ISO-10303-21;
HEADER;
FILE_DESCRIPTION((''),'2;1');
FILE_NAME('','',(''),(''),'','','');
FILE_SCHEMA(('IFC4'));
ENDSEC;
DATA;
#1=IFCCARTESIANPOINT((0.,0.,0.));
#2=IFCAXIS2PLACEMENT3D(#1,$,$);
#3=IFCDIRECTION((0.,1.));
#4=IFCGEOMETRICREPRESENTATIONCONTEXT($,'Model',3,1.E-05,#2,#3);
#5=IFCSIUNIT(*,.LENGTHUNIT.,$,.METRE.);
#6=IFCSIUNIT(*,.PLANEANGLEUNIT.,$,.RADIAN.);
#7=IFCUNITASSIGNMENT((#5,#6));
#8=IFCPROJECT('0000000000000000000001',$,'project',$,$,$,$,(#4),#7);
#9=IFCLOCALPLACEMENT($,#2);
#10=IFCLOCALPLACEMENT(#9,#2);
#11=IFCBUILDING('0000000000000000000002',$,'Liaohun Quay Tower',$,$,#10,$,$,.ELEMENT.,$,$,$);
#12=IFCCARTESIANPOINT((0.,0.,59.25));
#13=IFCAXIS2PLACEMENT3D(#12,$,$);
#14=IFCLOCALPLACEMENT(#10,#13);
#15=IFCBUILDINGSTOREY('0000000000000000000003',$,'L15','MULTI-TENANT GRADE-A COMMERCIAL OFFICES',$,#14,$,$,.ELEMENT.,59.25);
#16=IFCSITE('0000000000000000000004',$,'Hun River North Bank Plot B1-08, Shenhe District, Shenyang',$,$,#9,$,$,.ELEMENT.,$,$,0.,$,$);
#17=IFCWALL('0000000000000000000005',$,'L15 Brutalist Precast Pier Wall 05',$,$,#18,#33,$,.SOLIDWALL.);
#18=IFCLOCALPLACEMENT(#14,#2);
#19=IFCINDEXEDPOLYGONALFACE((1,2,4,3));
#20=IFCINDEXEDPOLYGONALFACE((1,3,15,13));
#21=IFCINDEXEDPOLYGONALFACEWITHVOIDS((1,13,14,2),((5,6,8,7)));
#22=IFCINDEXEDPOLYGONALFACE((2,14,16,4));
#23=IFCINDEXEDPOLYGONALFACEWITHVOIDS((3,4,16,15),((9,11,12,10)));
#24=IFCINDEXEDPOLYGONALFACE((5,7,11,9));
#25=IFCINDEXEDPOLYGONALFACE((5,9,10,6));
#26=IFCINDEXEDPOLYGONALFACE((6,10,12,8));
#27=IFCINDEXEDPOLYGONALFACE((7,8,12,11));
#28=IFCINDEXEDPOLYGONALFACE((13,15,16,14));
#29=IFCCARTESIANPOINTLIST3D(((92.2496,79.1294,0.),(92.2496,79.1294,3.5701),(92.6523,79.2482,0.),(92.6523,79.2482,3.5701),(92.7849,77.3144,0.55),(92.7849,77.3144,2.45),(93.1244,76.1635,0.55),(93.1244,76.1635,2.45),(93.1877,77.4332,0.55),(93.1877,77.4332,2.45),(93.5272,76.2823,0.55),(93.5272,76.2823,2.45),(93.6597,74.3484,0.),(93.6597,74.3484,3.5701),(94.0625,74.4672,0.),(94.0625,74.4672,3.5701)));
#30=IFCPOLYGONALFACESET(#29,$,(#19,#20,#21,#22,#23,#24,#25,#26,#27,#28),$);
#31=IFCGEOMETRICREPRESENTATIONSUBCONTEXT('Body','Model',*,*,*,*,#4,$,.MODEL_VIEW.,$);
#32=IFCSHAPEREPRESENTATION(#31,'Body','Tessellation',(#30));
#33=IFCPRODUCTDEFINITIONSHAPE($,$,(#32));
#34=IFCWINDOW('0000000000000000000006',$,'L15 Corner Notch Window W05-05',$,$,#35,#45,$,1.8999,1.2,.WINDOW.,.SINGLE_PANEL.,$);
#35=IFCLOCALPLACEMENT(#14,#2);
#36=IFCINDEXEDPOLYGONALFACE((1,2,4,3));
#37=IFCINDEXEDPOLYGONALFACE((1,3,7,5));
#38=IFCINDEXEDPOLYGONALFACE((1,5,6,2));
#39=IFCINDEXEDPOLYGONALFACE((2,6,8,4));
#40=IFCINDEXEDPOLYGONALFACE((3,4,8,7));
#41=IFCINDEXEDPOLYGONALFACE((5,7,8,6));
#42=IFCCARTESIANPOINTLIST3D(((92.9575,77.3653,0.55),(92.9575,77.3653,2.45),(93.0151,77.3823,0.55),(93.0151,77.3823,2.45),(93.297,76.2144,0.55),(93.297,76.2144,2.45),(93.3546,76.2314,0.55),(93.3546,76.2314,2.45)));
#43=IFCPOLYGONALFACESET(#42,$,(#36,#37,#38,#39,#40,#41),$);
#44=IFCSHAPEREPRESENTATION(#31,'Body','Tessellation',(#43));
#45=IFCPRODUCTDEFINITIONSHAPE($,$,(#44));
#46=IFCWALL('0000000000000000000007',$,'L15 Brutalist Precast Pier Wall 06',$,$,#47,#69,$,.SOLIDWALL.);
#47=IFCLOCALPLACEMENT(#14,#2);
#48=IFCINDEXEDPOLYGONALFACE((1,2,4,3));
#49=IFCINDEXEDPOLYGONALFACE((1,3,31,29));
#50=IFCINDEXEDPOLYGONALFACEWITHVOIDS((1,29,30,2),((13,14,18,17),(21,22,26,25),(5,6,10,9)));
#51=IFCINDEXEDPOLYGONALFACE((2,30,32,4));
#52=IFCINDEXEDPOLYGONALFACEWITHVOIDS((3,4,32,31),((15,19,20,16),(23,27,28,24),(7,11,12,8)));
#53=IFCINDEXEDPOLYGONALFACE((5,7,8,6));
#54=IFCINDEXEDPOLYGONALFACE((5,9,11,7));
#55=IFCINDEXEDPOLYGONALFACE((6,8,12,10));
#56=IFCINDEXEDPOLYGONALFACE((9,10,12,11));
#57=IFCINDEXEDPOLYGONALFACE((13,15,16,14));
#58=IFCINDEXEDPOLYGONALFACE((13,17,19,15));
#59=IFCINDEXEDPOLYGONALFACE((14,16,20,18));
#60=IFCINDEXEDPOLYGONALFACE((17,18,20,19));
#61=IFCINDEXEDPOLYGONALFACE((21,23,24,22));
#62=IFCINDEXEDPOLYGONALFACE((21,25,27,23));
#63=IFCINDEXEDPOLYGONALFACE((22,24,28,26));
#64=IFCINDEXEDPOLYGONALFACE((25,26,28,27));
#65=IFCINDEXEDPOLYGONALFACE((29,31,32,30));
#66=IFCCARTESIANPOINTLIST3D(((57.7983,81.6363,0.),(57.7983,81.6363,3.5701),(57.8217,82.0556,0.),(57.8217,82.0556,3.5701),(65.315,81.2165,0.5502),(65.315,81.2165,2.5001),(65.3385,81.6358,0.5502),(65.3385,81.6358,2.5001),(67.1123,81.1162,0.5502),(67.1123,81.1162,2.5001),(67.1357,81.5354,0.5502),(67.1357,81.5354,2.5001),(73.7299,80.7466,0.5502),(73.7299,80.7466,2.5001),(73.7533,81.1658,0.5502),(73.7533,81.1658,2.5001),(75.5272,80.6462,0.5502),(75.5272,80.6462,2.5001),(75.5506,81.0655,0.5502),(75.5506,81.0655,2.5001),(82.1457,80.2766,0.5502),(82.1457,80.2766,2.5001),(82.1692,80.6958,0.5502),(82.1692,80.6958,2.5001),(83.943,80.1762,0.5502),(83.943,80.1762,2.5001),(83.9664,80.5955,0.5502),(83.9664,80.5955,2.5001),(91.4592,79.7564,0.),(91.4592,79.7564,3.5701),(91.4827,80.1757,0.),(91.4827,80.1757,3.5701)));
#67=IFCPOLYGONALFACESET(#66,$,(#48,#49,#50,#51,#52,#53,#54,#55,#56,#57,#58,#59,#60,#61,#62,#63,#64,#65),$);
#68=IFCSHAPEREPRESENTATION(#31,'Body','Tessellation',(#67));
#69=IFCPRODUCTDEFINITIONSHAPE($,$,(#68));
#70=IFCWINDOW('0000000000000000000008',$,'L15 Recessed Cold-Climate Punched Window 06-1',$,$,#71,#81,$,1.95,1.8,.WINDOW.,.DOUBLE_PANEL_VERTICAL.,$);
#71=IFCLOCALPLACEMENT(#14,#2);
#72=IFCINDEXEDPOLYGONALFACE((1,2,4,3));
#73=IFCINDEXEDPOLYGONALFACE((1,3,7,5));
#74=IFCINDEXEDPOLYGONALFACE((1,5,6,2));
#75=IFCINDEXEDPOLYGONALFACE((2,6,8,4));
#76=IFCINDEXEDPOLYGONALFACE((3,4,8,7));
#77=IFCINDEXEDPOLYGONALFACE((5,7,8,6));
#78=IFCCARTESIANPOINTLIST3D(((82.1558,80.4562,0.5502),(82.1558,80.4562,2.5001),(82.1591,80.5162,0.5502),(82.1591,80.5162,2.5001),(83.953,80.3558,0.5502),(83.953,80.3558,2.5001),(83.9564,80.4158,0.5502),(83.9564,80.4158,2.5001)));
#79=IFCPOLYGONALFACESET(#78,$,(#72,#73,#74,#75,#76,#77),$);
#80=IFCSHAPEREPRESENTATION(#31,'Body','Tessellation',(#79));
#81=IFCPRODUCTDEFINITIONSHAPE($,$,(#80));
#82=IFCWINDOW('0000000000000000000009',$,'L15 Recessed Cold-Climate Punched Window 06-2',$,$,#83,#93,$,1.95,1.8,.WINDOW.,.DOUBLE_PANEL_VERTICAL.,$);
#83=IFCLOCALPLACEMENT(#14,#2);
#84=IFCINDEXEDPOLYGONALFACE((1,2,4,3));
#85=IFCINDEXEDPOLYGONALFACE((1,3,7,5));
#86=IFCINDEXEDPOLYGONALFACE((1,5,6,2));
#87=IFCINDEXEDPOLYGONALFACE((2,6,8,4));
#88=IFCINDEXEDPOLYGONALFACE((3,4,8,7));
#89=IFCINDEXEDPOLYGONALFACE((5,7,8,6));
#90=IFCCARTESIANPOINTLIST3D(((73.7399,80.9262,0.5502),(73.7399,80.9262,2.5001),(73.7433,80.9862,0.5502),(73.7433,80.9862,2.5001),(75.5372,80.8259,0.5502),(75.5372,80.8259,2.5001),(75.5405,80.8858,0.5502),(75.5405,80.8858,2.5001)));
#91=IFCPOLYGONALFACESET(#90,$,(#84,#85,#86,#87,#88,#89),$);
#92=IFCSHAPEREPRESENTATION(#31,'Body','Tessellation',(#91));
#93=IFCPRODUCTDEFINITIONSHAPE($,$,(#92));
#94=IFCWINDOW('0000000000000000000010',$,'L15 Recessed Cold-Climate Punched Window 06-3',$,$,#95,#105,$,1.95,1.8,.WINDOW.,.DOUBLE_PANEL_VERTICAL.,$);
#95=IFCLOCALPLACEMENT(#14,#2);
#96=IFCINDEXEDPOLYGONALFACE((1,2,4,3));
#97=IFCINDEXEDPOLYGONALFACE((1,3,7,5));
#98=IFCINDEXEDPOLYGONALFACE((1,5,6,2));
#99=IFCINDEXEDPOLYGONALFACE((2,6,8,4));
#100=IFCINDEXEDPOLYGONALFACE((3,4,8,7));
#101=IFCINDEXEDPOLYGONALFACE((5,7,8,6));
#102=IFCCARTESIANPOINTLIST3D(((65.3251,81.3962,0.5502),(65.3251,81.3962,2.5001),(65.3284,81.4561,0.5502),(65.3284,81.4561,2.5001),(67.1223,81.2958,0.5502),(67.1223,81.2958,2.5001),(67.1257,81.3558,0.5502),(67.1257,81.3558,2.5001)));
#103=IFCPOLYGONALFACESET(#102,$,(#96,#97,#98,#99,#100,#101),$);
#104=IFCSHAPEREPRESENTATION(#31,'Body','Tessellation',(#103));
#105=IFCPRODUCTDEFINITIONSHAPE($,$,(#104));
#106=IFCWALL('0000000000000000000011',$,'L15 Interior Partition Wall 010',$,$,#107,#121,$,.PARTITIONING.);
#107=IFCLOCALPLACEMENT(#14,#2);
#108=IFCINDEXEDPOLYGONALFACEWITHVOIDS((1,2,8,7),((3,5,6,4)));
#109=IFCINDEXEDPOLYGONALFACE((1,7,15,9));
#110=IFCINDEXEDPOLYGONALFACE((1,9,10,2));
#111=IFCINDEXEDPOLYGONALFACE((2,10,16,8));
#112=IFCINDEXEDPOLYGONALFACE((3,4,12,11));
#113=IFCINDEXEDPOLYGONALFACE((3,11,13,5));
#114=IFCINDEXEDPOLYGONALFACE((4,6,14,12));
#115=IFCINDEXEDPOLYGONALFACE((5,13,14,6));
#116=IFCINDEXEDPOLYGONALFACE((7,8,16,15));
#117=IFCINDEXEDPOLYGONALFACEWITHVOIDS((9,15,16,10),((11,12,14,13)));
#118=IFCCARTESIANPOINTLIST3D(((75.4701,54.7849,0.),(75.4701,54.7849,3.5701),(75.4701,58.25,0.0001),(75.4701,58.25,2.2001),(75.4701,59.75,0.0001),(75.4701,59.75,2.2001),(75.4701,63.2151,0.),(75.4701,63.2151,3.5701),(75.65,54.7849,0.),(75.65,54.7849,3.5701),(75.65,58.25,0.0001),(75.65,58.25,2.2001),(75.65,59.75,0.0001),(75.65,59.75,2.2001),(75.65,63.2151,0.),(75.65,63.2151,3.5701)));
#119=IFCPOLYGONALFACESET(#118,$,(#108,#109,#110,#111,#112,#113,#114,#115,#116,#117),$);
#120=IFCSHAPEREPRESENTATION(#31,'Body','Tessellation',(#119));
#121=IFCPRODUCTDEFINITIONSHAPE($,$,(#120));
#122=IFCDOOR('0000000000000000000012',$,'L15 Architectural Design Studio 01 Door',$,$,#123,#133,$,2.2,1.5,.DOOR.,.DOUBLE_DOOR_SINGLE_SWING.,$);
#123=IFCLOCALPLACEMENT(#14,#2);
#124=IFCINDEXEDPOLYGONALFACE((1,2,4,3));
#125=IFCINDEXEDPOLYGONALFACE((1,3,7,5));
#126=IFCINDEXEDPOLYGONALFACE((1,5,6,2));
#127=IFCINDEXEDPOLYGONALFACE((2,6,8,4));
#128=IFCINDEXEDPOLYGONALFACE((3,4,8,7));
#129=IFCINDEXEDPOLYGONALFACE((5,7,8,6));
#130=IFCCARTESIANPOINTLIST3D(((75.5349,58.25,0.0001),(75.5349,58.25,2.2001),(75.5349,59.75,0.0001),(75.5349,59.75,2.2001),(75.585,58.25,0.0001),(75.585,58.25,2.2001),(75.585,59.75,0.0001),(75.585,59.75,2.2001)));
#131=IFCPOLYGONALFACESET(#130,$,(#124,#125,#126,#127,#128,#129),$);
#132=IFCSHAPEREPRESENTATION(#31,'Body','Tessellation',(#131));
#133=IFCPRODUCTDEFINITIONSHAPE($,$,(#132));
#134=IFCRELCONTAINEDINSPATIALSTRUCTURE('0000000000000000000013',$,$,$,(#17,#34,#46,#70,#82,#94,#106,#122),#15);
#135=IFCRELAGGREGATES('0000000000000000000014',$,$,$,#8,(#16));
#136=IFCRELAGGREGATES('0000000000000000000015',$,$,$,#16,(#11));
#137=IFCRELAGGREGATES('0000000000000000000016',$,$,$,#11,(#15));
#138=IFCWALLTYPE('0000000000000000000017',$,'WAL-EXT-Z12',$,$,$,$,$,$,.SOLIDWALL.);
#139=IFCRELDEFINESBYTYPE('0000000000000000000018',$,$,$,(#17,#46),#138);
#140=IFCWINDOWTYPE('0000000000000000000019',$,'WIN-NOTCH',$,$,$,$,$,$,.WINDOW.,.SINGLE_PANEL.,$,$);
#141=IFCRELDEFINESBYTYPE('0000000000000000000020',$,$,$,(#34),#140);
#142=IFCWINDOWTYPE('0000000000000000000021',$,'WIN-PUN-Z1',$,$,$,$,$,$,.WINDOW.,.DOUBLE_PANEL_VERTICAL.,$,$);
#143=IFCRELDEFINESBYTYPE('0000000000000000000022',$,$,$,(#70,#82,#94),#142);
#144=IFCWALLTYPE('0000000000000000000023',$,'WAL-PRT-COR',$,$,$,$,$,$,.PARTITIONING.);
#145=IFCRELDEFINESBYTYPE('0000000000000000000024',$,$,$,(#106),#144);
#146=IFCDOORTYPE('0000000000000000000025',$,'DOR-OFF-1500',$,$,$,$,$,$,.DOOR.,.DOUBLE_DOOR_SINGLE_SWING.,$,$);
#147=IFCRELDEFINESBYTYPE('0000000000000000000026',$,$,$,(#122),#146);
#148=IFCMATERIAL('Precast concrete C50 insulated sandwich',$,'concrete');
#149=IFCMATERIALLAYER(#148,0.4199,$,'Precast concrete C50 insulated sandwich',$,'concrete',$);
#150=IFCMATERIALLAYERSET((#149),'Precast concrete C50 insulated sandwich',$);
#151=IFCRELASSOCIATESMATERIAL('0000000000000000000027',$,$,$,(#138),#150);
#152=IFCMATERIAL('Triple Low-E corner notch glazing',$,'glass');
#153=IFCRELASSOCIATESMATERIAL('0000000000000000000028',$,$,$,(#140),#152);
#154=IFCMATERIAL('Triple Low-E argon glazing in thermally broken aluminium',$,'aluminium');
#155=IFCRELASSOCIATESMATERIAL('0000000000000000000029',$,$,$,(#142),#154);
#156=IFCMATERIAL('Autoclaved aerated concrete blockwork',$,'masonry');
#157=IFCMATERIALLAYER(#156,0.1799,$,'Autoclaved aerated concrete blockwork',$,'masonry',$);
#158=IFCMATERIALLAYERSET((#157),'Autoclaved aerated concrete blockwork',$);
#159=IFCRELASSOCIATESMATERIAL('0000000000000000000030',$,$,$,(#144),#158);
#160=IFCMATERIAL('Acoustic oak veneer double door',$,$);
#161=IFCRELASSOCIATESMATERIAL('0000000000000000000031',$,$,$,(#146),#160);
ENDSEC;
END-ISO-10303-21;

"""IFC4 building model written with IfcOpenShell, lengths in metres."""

from ifc_helpers import new_model, si_unit, direction, frame, frame_2d, origin, place, context, subcontext, project, spatial, rectangle, extrude, source, transform, mapped, material, layer, layer_set, type_object, element, fill, save


model = new_model("IFC4")

# Units and contexts
model_context = context("Model", 3, precision=1e-05, world=origin(), true_north=direction((0.0, 1.0)))
body_context = subcontext(model_context, "Body", "Model", "MODEL_VIEW")
ifc_project = project(units=[si_unit("LENGTHUNIT", "METRE"), si_unit("PLANEANGLEUNIT", "RADIAN")], contexts=[model_context])

# Site, building, storey
site_placement = place(None, origin())
site = spatial("IfcSite", under=ifc_project, at=site_placement, Name="Hun River North Bank Plot B1-08, Shenhe District, Shenyang", CompositionType="ELEMENT", RefElevation=0.0)
building_placement = place(site_placement, origin())
building = spatial("IfcBuilding", under=site, at=building_placement, Name="Liaohun Quay Tower", CompositionType="ELEMENT")
storey_placement = place(building_placement, frame((0.0, 0.0, 59.25)))
storey = spatial("IfcBuildingStorey", under=building, at=storey_placement, Name="L15", Description="MULTI-TENANT GRADE-A COMMERCIAL OFFICES", CompositionType="ELEMENT", Elevation=59.25)

# Wall, opening, window
ifc_material_1 = material(Name="Precast concrete C50 insulated sandwich", Category="concrete")
ifc_layer_1 = layer(ifc_material_1, 0.4199, Name="Precast concrete C50 insulated sandwich", Category="concrete")
ifc_layer_set_1 = layer_set([ifc_layer_1], Name="Precast concrete C50 insulated sandwich")
wall_type_1 = type_object("IfcWallType", Name="WAL-EXT-Z12", PredefinedType="SOLIDWALL", material=ifc_layer_set_1)
shared_shape_1 = source(origin(), body_context, "Body", "SweptSolid", [
    extrude(rectangle(XDim=1.2, YDim=1.8999, at=frame_2d((0.6001, 0.95))), frame((0.0, 0.22, 0.0), z_axis=(0.0, -1.0, 0.0), x_axis=(1.0, 0.0, 0.0)), (0.0, 0.0, 1.0), 0.4399),
])
ifc_material_2 = material(Name="Triple Low-E corner notch glazing", Category="glass")
window_type_1 = type_object("IfcWindowType", Name="WIN-NOTCH", PartitioningType="SINGLE_PANEL", PredefinedType="WINDOW", material=ifc_material_2)
shared_shape_2 = source(origin(), body_context, "Body", "SweptSolid", [
    extrude(rectangle(XDim=1.2, YDim=1.8999, at=frame_2d((0.6001, 0.95))), frame((0.0, 0.03, 0.0), z_axis=(0.0, -1.0, 0.0), x_axis=(1.0, 0.0, 0.0)), (0.0, 0.0, 1.0), 0.0601),
])
wall_1_placement = place(storey_placement, frame((93.8611, 74.408, 0.0), z_axis=(0.0, 0.0, 1.0), x_axis=(-0.282901, 0.959149, 0.0)))
wall_1 = element("IfcWall", 1, at=wall_1_placement, inside=storey, type_object=wall_type_1, Name="L15 Brutalist Precast Pier Wall 05", PredefinedType="SOLIDWALL", context=body_context, shape_type="SweptSolid", body=[
    extrude(rectangle(XDim=4.9846, YDim=0.4199, at=frame_2d((2.4922, 0.0))), origin(), (0.0, 0.0, 1.0), 3.5701),
])
opening_1_placement = place(wall_1_placement, frame((1.8921, 0.0, 0.55)))
opening_1 = element("IfcOpeningElement", 2, at=opening_1_placement, cuts=wall_1, PredefinedType="OPENING", context=body_context, shape_type="MappedRepresentation", body=[
    mapped(shared_shape_1, transform((0.0, 0.0, 0.0), x_axis=(1.0, 0.0, 0.0), y_axis=(0.0, 1.0, 0.0), z_axis=(0.0, 0.0, 1.0), scale=1.0)),
])
window_1_placement = place(opening_1_placement, origin())
window_1 = element("IfcWindow", 3, at=window_1_placement, inside=storey, type_object=window_type_1, Name="L15 Corner Notch Window W05-05", OverallHeight=1.8999, OverallWidth=1.2, PartitioningType="SINGLE_PANEL", PredefinedType="WINDOW", context=body_context, shape_type="MappedRepresentation", body=[
    mapped(shared_shape_2, transform((0.0, 0.0, 0.0), x_axis=(1.0, 0.0, 0.0), y_axis=(0.0, 1.0, 0.0), z_axis=(0.0, 0.0, 1.0), scale=1.0)),
])
fill(opening_1, window_1)

# Wall, openings, windows
wall_2_placement = place(storey_placement, frame((91.4709, 79.9661, 0.0), z_axis=(0.0, 0.0, 1.0), x_axis=(-0.998444, 0.055761, 0.0)))
wall_2 = element("IfcWall", 4, at=wall_2_placement, inside=storey, type_object=wall_type_1, Name="L15 Brutalist Precast Pier Wall 06", PredefinedType="SOLIDWALL", context=body_context, shape_type="SweptSolid", body=[
    extrude(rectangle(XDim=33.7134, YDim=0.4199, at=frame_2d((16.8567, 0.0))), origin(), (0.0, 0.0, 1.0), 3.5701),
])
shared_shape_3 = source(origin(), body_context, "Body", "SweptSolid", [
    extrude(rectangle(XDim=1.8, YDim=1.95, at=frame_2d((0.8999, 0.9751))), frame((0.0, 0.22, 0.0), z_axis=(0.0, -1.0, 0.0), x_axis=(1.0, 0.0, 0.0)), (0.0, 0.0, 1.0), 0.4399),
])
opening_2_placement = place(wall_2_placement, frame((7.5281, 0.0, 0.55)))
opening_2 = element("IfcOpeningElement", 5, at=opening_2_placement, cuts=wall_2, PredefinedType="OPENING", context=body_context, shape_type="MappedRepresentation", body=[
    mapped(shared_shape_3, transform((0.0, 0.0, 0.0), x_axis=(1.0, 0.0, 0.0), y_axis=(0.0, 1.0, 0.0), z_axis=(0.0, 0.0, 1.0), scale=1.0)),
])
opening_3_placement = place(wall_2_placement, frame((15.957, 0.0, 0.55)))
opening_3 = element("IfcOpeningElement", 6, at=opening_3_placement, cuts=wall_2, PredefinedType="OPENING", context=body_context, shape_type="MappedRepresentation", body=[
    mapped(shared_shape_3, transform((0.0, 0.0, 0.0), x_axis=(1.0, 0.0, 0.0), y_axis=(0.0, 1.0, 0.0), z_axis=(0.0, 0.0, 1.0), scale=1.0)),
])
opening_4_placement = place(wall_2_placement, frame((24.385, 0.0, 0.55)))
opening_4 = element("IfcOpeningElement", 7, at=opening_4_placement, cuts=wall_2, PredefinedType="OPENING", context=body_context, shape_type="MappedRepresentation", body=[
    mapped(shared_shape_3, transform((0.0, 0.0, 0.0), x_axis=(1.0, 0.0, 0.0), y_axis=(0.0, 1.0, 0.0), z_axis=(0.0, 0.0, 1.0), scale=1.0)),
])
ifc_material_3 = material(Name="Triple Low-E argon glazing in thermally broken aluminium", Category="aluminium")
window_type_2 = type_object("IfcWindowType", Name="WIN-PUN-Z1", PartitioningType="DOUBLE_PANEL_VERTICAL", PredefinedType="WINDOW", material=ifc_material_3)
shared_shape_4 = source(origin(), body_context, "Body", "SweptSolid", [
    extrude(rectangle(XDim=1.8, YDim=1.95, at=frame_2d((0.8999, 0.9751))), frame((0.0, 0.03, 0.0), z_axis=(0.0, -1.0, 0.0), x_axis=(1.0, 0.0, 0.0)), (0.0, 0.0, 1.0), 0.0601),
])
window_2_placement = place(opening_2_placement, origin())
window_2 = element("IfcWindow", 8, at=window_2_placement, inside=storey, type_object=window_type_2, Name="L15 Recessed Cold-Climate Punched Window 06-1", OverallHeight=1.95, OverallWidth=1.8, PartitioningType="DOUBLE_PANEL_VERTICAL", PredefinedType="WINDOW", context=body_context, shape_type="MappedRepresentation", body=[
    mapped(shared_shape_4, transform((0.0, 0.0, 0.0), x_axis=(1.0, 0.0, 0.0), y_axis=(0.0, 1.0, 0.0), z_axis=(0.0, 0.0, 1.0), scale=1.0)),
])
fill(opening_2, window_2)
window_3_placement = place(opening_3_placement, origin())
window_3 = element("IfcWindow", 9, at=window_3_placement, inside=storey, type_object=window_type_2, Name="L15 Recessed Cold-Climate Punched Window 06-2", OverallHeight=1.95, OverallWidth=1.8, PartitioningType="DOUBLE_PANEL_VERTICAL", PredefinedType="WINDOW", context=body_context, shape_type="MappedRepresentation", body=[
    mapped(shared_shape_4, transform((0.0, 0.0, 0.0), x_axis=(1.0, 0.0, 0.0), y_axis=(0.0, 1.0, 0.0), z_axis=(0.0, 0.0, 1.0), scale=1.0)),
])
fill(opening_3, window_3)
window_4_placement = place(opening_4_placement, origin())
window_4 = element("IfcWindow", 10, at=window_4_placement, inside=storey, type_object=window_type_2, Name="L15 Recessed Cold-Climate Punched Window 06-3", OverallHeight=1.95, OverallWidth=1.8, PartitioningType="DOUBLE_PANEL_VERTICAL", PredefinedType="WINDOW", context=body_context, shape_type="MappedRepresentation", body=[
    mapped(shared_shape_4, transform((0.0, 0.0, 0.0), x_axis=(1.0, 0.0, 0.0), y_axis=(0.0, 1.0, 0.0), z_axis=(0.0, 0.0, 1.0), scale=1.0)),
])
fill(opening_4, window_4)

# Wall, opening, door
ifc_material_4 = material(Name="Autoclaved aerated concrete blockwork", Category="masonry")
ifc_layer_2 = layer(ifc_material_4, 0.1799, Name="Autoclaved aerated concrete blockwork", Category="masonry")
ifc_layer_set_2 = layer_set([ifc_layer_2], Name="Autoclaved aerated concrete blockwork")
wall_type_2 = type_object("IfcWallType", Name="WAL-PRT-COR", PredefinedType="PARTITIONING", material=ifc_layer_set_2)
wall_3_placement = place(storey_placement, frame((75.5601, 63.2151, 0.0), z_axis=(0.0, 0.0, 1.0), x_axis=(0.0, -1.0, 0.0)))
wall_3 = element("IfcWall", 11, at=wall_3_placement, inside=storey, type_object=wall_type_2, Name="L15 Interior Partition Wall 010", PredefinedType="PARTITIONING", context=body_context, shape_type="SweptSolid", body=[
    extrude(rectangle(XDim=8.4302, YDim=0.1799, at=frame_2d((4.2151, 0.0))), origin(), (0.0, 0.0, 1.0), 3.5701),
])
shared_shape_5 = source(origin(), body_context, "Body", "SweptSolid", [
    extrude(rectangle(XDim=1.5, YDim=2.2, at=frame_2d((0.75, 1.1001))), frame((0.0, 0.0999, 0.0), z_axis=(0.0, -1.0, 0.0), x_axis=(1.0, 0.0, 0.0)), (0.0, 0.0, 1.0), 0.2),
])
opening_5_placement = place(wall_3_placement, frame((3.4651, 0.0, 0.0)))
opening_5 = element("IfcOpeningElement", 12, at=opening_5_placement, cuts=wall_3, PredefinedType="OPENING", context=body_context, shape_type="MappedRepresentation", body=[
    mapped(shared_shape_5, transform((0.0, 0.0, 0.0), x_axis=(1.0, 0.0, 0.0), y_axis=(0.0, 1.0, 0.0), z_axis=(0.0, 0.0, 1.0), scale=1.0)),
])
ifc_material_5 = material(Name="Acoustic oak veneer double door")
door_type_1 = type_object("IfcDoorType", Name="DOR-OFF-1500", OperationType="DOUBLE_DOOR_SINGLE_SWING", PredefinedType="DOOR", material=ifc_material_5)
shared_shape_6 = source(origin(), body_context, "Body", "SweptSolid", [
    extrude(rectangle(XDim=1.5, YDim=2.2, at=frame_2d((0.75, 1.1001))), frame((0.0, 0.0249, 0.0), z_axis=(0.0, -1.0, 0.0), x_axis=(1.0, 0.0, 0.0)), (0.0, 0.0, 1.0), 0.05),
])
door_1_placement = place(opening_5_placement, origin())
door_1 = element("IfcDoor", 13, at=door_1_placement, inside=storey, type_object=door_type_1, Name="L15 Architectural Design Studio 01 Door", OperationType="DOUBLE_DOOR_SINGLE_SWING", OverallHeight=2.2, OverallWidth=1.5, PredefinedType="DOOR", context=body_context, shape_type="MappedRepresentation", body=[
    mapped(shared_shape_6, transform((0.0, 0.0, 0.0), x_axis=(1.0, 0.0, 0.0), y_axis=(0.0, 1.0, 0.0), z_axis=(0.0, 0.0, 1.0), scale=1.0)),
])
fill(opening_5, door_1)

save(model, "model.ifc")
